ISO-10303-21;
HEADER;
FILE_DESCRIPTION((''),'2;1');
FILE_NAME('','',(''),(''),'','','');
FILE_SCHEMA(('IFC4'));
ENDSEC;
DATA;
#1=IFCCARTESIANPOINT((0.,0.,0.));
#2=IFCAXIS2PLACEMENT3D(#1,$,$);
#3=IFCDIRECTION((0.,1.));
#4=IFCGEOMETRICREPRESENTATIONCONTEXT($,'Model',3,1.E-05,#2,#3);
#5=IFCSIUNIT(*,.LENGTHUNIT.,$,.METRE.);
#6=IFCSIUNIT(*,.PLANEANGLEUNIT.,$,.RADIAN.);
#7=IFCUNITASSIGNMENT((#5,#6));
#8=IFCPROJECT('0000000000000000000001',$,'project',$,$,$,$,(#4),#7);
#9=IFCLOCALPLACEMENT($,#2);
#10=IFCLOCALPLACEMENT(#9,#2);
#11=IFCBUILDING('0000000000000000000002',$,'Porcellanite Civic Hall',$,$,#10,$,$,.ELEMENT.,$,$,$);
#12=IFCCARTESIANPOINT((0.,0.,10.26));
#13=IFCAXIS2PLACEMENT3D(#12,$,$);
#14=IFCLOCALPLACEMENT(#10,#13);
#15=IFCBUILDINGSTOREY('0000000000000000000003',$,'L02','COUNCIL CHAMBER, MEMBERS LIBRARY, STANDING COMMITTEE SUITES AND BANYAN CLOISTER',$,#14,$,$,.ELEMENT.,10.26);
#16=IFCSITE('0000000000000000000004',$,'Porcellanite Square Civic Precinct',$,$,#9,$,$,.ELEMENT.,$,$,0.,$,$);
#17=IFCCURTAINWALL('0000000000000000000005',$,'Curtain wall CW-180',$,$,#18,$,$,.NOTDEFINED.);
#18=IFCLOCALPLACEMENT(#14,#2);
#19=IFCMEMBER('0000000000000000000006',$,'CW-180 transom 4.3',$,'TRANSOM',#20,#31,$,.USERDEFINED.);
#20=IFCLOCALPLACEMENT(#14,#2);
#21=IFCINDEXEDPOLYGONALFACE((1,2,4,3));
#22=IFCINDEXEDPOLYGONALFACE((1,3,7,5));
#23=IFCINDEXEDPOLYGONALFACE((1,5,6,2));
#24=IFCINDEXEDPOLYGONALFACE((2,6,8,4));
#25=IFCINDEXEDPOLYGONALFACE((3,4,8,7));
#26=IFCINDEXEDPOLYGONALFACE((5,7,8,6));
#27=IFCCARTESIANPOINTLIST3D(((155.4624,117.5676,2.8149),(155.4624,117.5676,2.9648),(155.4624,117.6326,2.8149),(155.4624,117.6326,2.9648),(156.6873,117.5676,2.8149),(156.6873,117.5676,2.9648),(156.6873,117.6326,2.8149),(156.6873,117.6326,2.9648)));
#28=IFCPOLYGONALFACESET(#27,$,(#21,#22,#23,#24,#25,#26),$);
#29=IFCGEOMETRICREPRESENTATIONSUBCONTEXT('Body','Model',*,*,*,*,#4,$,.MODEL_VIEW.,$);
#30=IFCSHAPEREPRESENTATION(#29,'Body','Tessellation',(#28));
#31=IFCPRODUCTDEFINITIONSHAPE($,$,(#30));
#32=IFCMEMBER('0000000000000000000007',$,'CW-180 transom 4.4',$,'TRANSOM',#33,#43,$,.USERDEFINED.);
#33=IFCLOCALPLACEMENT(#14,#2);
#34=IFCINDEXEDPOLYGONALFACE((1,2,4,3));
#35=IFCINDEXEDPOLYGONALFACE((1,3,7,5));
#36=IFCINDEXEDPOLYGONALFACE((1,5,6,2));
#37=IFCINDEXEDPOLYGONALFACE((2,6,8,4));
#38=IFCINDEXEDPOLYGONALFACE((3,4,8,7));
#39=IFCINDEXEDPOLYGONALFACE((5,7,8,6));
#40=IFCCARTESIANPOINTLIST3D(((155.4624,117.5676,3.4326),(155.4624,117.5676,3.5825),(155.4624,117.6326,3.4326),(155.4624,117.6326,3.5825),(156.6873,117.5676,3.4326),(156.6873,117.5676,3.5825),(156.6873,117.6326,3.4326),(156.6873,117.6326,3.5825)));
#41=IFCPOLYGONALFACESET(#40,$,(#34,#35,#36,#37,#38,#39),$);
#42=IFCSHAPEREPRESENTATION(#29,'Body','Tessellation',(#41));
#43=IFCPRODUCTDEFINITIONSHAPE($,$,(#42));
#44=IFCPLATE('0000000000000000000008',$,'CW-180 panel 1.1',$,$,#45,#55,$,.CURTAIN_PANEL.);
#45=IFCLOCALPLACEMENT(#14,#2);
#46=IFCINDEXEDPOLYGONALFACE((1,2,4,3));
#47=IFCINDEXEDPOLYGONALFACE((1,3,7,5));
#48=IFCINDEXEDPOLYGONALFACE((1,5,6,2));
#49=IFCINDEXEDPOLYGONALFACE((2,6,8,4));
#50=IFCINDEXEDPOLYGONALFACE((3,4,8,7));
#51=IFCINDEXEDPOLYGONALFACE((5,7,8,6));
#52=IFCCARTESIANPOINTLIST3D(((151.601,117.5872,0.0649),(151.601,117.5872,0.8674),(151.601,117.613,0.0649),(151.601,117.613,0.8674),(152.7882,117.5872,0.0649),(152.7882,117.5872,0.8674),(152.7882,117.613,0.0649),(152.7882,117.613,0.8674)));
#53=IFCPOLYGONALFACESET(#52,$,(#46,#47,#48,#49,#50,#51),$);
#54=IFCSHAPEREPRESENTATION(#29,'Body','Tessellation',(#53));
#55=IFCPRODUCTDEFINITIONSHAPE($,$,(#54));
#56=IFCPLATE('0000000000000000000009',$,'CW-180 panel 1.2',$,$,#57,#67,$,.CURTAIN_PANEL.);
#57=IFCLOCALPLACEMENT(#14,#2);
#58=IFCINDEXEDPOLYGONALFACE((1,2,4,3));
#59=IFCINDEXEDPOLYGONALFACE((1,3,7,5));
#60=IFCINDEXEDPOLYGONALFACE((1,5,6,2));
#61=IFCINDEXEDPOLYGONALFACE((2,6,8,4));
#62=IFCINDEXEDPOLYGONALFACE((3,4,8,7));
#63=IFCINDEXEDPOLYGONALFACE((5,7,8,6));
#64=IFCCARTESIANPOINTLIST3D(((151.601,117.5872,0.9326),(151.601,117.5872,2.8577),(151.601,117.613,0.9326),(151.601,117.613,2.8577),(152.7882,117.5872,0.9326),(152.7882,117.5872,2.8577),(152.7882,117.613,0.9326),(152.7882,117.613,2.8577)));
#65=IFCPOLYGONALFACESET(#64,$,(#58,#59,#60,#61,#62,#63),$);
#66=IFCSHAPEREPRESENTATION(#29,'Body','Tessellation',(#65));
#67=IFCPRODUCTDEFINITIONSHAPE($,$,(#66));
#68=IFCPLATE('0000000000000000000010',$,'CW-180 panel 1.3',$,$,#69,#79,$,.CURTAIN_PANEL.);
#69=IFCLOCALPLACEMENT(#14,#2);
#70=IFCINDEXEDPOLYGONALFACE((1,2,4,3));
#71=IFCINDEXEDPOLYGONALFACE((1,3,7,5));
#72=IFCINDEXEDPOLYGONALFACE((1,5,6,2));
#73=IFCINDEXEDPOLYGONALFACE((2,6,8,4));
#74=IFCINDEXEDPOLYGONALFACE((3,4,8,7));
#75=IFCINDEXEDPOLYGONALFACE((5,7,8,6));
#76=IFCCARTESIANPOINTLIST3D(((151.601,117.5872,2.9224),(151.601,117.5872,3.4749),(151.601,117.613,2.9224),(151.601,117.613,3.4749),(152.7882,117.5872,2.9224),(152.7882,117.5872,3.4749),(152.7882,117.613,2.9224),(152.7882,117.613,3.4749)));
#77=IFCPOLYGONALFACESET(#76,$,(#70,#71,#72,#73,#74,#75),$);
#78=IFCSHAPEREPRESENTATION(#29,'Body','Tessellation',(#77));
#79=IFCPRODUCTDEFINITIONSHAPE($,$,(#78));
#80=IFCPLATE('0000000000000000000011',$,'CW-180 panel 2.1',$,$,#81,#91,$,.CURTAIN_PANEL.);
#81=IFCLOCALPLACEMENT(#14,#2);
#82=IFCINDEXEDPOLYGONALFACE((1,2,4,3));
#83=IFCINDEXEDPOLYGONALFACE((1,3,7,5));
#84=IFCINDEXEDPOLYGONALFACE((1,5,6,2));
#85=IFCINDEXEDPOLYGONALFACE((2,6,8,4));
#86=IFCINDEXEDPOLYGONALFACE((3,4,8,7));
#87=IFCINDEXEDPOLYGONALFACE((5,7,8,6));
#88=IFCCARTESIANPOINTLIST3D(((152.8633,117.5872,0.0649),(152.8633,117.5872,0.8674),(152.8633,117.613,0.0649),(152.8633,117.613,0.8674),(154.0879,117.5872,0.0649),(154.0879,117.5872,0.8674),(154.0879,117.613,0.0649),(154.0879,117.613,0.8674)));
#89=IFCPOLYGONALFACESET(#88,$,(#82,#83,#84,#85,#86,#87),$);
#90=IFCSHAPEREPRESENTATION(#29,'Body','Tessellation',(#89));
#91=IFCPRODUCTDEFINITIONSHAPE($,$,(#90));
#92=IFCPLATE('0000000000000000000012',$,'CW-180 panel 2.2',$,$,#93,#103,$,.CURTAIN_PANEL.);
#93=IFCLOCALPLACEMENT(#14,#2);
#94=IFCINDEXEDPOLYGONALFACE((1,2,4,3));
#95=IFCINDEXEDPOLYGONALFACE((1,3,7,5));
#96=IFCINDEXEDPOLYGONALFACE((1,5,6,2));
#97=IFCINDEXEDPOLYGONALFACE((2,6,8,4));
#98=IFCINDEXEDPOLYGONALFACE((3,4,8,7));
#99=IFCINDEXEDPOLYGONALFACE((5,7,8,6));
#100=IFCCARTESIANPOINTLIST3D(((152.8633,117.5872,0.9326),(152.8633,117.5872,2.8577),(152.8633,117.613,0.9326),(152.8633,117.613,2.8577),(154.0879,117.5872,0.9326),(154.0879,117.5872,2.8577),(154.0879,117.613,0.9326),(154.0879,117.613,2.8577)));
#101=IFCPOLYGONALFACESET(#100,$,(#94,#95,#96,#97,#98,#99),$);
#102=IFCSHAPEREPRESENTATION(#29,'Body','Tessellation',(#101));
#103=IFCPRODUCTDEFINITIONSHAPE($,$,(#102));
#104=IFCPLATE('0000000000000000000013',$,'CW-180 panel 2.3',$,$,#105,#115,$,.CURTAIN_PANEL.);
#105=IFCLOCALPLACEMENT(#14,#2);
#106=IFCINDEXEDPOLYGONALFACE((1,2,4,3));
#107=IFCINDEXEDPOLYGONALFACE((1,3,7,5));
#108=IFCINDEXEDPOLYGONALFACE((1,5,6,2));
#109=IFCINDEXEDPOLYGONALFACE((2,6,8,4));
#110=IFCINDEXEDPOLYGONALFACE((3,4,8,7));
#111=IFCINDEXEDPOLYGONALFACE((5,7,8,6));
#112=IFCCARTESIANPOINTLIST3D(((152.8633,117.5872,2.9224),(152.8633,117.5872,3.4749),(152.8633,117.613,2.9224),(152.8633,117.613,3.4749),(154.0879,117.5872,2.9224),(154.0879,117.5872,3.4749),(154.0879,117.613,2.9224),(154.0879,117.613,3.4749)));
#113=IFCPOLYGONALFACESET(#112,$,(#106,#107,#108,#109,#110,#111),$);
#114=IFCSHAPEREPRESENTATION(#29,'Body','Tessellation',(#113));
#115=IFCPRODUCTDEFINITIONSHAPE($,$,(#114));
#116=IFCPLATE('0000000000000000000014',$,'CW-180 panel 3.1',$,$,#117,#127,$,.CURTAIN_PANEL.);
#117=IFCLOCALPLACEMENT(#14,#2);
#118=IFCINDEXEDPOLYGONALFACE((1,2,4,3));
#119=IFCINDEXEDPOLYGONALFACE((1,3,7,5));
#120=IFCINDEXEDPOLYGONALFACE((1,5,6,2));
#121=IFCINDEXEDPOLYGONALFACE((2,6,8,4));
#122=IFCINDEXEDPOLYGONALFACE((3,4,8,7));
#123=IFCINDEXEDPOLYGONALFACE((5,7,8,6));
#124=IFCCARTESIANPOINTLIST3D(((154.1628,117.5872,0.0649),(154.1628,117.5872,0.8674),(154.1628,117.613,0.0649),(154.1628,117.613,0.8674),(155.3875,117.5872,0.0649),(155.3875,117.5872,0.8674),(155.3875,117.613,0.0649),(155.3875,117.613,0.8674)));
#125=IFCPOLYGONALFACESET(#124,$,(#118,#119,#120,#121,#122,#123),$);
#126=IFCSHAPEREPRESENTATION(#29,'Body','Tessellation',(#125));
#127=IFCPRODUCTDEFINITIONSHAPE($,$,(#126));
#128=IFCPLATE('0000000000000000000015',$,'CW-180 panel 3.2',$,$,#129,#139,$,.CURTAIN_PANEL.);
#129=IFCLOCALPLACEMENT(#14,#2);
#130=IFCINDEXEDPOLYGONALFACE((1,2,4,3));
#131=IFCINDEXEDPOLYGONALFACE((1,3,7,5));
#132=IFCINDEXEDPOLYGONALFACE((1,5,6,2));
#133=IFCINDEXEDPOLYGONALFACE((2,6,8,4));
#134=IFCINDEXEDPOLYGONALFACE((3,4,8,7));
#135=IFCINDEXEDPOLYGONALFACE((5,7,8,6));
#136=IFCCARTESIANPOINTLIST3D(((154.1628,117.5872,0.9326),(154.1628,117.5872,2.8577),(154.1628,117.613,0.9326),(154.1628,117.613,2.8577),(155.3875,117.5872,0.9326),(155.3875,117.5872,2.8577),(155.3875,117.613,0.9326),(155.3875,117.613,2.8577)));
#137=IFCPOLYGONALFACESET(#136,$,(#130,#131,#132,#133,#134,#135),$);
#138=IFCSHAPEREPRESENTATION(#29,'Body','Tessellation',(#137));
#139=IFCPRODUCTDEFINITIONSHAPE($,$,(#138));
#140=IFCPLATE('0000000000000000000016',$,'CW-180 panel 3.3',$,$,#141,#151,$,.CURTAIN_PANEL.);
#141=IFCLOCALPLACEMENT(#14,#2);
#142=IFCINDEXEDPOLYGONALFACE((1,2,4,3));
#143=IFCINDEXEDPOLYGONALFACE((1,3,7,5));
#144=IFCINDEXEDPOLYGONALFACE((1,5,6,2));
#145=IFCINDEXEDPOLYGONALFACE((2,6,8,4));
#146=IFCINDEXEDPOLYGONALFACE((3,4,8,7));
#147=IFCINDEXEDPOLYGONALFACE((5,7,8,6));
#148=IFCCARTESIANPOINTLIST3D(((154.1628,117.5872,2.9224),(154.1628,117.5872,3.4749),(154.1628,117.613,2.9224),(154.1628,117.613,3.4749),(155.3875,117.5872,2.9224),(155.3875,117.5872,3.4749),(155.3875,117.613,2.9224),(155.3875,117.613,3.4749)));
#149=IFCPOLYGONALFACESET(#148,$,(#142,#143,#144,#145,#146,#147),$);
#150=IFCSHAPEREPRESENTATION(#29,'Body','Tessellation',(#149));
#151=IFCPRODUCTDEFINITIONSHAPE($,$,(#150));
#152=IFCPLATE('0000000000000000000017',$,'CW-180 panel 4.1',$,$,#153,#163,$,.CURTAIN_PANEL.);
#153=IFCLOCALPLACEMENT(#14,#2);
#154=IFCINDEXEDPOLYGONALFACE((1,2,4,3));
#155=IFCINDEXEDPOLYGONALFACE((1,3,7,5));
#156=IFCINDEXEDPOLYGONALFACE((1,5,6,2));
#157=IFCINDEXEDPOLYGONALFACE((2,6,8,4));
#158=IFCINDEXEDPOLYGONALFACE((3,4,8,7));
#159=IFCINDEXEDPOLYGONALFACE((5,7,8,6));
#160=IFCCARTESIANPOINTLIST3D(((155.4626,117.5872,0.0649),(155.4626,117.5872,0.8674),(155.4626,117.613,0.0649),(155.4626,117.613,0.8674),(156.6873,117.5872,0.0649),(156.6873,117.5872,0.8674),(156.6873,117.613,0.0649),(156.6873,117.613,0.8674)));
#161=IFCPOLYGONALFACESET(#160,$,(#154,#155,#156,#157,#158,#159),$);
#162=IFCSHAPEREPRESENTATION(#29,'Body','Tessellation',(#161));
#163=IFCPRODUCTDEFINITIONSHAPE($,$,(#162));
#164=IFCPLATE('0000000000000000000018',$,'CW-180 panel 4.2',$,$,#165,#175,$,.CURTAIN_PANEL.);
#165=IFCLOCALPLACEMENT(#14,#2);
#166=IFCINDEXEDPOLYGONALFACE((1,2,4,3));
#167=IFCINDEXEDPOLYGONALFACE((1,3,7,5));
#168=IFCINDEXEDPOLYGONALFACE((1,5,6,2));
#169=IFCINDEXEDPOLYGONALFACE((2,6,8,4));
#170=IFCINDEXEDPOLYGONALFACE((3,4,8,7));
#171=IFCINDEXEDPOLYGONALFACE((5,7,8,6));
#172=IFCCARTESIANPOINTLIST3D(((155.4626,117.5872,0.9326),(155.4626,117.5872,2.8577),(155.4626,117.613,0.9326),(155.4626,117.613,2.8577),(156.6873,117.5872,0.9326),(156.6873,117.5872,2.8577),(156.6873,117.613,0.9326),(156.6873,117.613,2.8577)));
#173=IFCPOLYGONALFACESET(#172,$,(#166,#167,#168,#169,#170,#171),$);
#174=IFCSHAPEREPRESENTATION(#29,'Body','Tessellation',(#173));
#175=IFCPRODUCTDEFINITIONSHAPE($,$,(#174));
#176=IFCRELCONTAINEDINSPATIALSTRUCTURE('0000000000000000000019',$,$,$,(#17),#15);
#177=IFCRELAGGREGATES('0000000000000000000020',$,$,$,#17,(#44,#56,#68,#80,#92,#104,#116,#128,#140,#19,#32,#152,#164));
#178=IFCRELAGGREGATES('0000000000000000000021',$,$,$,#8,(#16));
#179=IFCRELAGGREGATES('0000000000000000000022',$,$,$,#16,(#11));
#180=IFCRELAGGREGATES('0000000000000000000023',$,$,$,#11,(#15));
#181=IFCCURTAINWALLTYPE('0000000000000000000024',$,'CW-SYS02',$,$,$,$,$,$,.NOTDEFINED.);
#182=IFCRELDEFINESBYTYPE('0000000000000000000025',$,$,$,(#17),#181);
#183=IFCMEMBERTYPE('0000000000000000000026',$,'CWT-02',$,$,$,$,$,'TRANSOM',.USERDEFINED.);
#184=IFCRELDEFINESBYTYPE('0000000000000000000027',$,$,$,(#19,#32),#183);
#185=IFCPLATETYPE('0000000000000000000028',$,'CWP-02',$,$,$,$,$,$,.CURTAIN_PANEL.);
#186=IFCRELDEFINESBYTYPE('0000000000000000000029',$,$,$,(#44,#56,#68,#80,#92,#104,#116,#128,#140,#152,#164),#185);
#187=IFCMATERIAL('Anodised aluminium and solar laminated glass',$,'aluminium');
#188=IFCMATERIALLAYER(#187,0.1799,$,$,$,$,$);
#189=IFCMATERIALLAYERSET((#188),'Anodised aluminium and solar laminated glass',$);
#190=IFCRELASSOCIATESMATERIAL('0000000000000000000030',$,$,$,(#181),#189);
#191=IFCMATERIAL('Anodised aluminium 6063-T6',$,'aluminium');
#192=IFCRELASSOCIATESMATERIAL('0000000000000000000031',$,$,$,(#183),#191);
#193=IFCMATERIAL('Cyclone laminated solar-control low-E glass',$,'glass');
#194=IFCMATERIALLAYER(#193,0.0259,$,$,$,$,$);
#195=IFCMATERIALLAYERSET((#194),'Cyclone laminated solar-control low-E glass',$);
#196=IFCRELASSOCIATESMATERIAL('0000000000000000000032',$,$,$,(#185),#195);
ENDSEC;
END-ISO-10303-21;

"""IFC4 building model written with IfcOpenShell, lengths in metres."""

from ifc_helpers import new_model, si_unit, direction, frame, origin, origin_2d, place, context, subcontext, project, spatial, rectangle, extrude, material, layer, layer_set, material_profile, profile_set, type_object, element, aggregate, save


model = new_model("IFC4")

# Units and contexts
model_context = context("Model", 3, precision=1e-05, world=origin(), true_north=direction((0.0, 1.0)))
body_context = subcontext(model_context, "Body", "Model", "MODEL_VIEW")
ifc_project = project(units=[si_unit("LENGTHUNIT", "METRE"), si_unit("PLANEANGLEUNIT", "RADIAN")], contexts=[model_context])

# Site, building, storey
site_placement = place(None, origin())
site = spatial("IfcSite", under=ifc_project, at=site_placement, Name="Porcellanite Square Civic Precinct", CompositionType="ELEMENT", RefElevation=0.0)
building_placement = place(site_placement, origin())
building = spatial("IfcBuilding", under=site, at=building_placement, Name="Porcellanite Civic Hall", CompositionType="ELEMENT")
storey_placement = place(building_placement, frame((0.0, 0.0, 10.26)))
storey = spatial("IfcBuildingStorey", under=building, at=storey_placement, Name="L02", Description="COUNCIL CHAMBER, MEMBERS LIBRARY, STANDING COMMITTEE SUITES AND BANYAN CLOISTER", CompositionType="ELEMENT", Elevation=10.26)

# Curtain wall, members, plates
ifc_material_1 = material(Name="Anodised aluminium and solar laminated glass", Category="aluminium")
ifc_layer_1 = layer(ifc_material_1, 0.1799)
ifc_layer_set_1 = layer_set([ifc_layer_1], Name="Anodised aluminium and solar laminated glass")
curtain_wall_type = type_object("IfcCurtainWallType", Name="CW-SYS02", PredefinedType="NOTDEFINED", material=ifc_layer_set_1)
curtain_wall_placement = place(storey_placement, origin())
curtain_wall = element("IfcCurtainWall", 1, at=curtain_wall_placement, inside=storey, type_object=curtain_wall_type, Name="Curtain wall CW-180", PredefinedType="NOTDEFINED")
ifc_material_2 = material(Name="Anodised aluminium 6063-T6", Category="aluminium")
ifc_material_profile_1 = material_profile(ifc_material_2, rectangle(XDim=0.0649, YDim=0.1499, at=origin_2d()), Name="AL-65x150")
ifc_profile_set_1 = profile_set([ifc_material_profile_1], Name="Anodised aluminium 6063-T6")
member_type_1 = type_object("IfcMemberType", Name="CWT-02", ElementType="TRANSOM", PredefinedType="USERDEFINED", material=ifc_profile_set_1)
member_1_placement = place(storey_placement, frame((155.4624, 117.6001, 2.8899), z_axis=(1.0, 0.0, 0.0), x_axis=(0.0, 1.0, 0.0)))
member_1 = element("IfcMember", 2, at=member_1_placement, type_object=member_type_1, Name="CW-180 transom 4.3", ObjectType="TRANSOM", PredefinedType="USERDEFINED", context=body_context, shape_type="SweptSolid", body=[
    extrude(rectangle(XDim=0.0649, YDim=0.1499, at=origin_2d()), origin(), (0.0, 0.0, 1.0), 1.2249),
])
member_2_placement = place(storey_placement, frame((155.4624, 117.6001, 3.5076), z_axis=(1.0, 0.0, 0.0), x_axis=(0.0, 1.0, 0.0)))
member_2 = element("IfcMember", 3, at=member_2_placement, type_object=member_type_1, Name="CW-180 transom 4.4", ObjectType="TRANSOM", PredefinedType="USERDEFINED", context=body_context, shape_type="SweptSolid", body=[
    extrude(rectangle(XDim=0.0649, YDim=0.1499, at=origin_2d()), origin(), (0.0, 0.0, 1.0), 1.2249),
])
ifc_material_3 = material(Name="Cyclone laminated solar-control low-E glass", Category="glass")
ifc_layer_2 = layer(ifc_material_3, 0.0259)
ifc_layer_set_2 = layer_set([ifc_layer_2], Name="Cyclone laminated solar-control low-E glass")
plate_type = type_object("IfcPlateType", Name="CWP-02", PredefinedType="CURTAIN_PANEL", material=ifc_layer_set_2)
plate_1_placement = place(storey_placement, frame((152.1946, 117.6001, 0.0649), z_axis=(0.0, 0.0, 1.0), x_axis=(1.0, 0.0, 0.0)))
plate_1 = element("IfcPlate", 4, at=plate_1_placement, type_object=plate_type, Name="CW-180 panel 1.1", PredefinedType="CURTAIN_PANEL", context=body_context, shape_type="SweptSolid", body=[
    extrude(rectangle(XDim=1.1873, YDim=0.0259, at=origin_2d()), origin(), (0.0, 0.0, 1.0), 0.8025),
])
plate_2_placement = place(storey_placement, frame((152.1946, 117.6001, 0.9326), z_axis=(0.0, 0.0, 1.0), x_axis=(1.0, 0.0, 0.0)))
plate_2 = element("IfcPlate", 5, at=plate_2_placement, type_object=plate_type, Name="CW-180 panel 1.2", PredefinedType="CURTAIN_PANEL", context=body_context, shape_type="SweptSolid", body=[
    extrude(rectangle(XDim=1.1873, YDim=0.0259, at=origin_2d()), origin(), (0.0, 0.0, 1.0), 1.925),
])
plate_3_placement = place(storey_placement, frame((152.1946, 117.6001, 2.9224), z_axis=(0.0, 0.0, 1.0), x_axis=(1.0, 0.0, 0.0)))
plate_3 = element("IfcPlate", 6, at=plate_3_placement, type_object=plate_type, Name="CW-180 panel 1.3", PredefinedType="CURTAIN_PANEL", context=body_context, shape_type="SweptSolid", body=[
    extrude(rectangle(XDim=1.1873, YDim=0.0259, at=origin_2d()), origin(), (0.0, 0.0, 1.0), 0.5525),
])
plate_4_placement = place(storey_placement, frame((153.4756, 117.6001, 0.0649), z_axis=(0.0, 0.0, 1.0), x_axis=(1.0, 0.0, 0.0)))
plate_4 = element("IfcPlate", 7, at=plate_4_placement, type_object=plate_type, Name="CW-180 panel 2.1", PredefinedType="CURTAIN_PANEL", context=body_context, shape_type="SweptSolid", body=[
    extrude(rectangle(XDim=1.2246, YDim=0.0259, at=origin_2d()), origin(), (0.0, 0.0, 1.0), 0.8025),
])
plate_5_placement = place(storey_placement, frame((153.4756, 117.6001, 0.9326), z_axis=(0.0, 0.0, 1.0), x_axis=(1.0, 0.0, 0.0)))
plate_5 = element("IfcPlate", 8, at=plate_5_placement, type_object=plate_type, Name="CW-180 panel 2.2", PredefinedType="CURTAIN_PANEL", context=body_context, shape_type="SweptSolid", body=[
    extrude(rectangle(XDim=1.2246, YDim=0.0259, at=origin_2d()), origin(), (0.0, 0.0, 1.0), 1.925),
])
plate_6_placement = place(storey_placement, frame((153.4756, 117.6001, 2.9224), z_axis=(0.0, 0.0, 1.0), x_axis=(1.0, 0.0, 0.0)))
plate_6 = element("IfcPlate", 9, at=plate_6_placement, type_object=plate_type, Name="CW-180 panel 2.3", PredefinedType="CURTAIN_PANEL", context=body_context, shape_type="SweptSolid", body=[
    extrude(rectangle(XDim=1.2246, YDim=0.0259, at=origin_2d()), origin(), (0.0, 0.0, 1.0), 0.5525),
])
plate_7_placement = place(storey_placement, frame((154.7751, 117.6001, 0.0649), z_axis=(0.0, 0.0, 1.0), x_axis=(1.0, 0.0, 0.0)))
plate_7 = element("IfcPlate", 10, at=plate_7_placement, type_object=plate_type, Name="CW-180 panel 3.1", PredefinedType="CURTAIN_PANEL", context=body_context, shape_type="SweptSolid", body=[
    extrude(rectangle(XDim=1.2246, YDim=0.0259, at=origin_2d()), origin(), (0.0, 0.0, 1.0), 0.8025),
])
plate_8_placement = place(storey_placement, frame((154.7751, 117.6001, 0.9326), z_axis=(0.0, 0.0, 1.0), x_axis=(1.0, 0.0, 0.0)))
plate_8 = element("IfcPlate", 11, at=plate_8_placement, type_object=plate_type, Name="CW-180 panel 3.2", PredefinedType="CURTAIN_PANEL", context=body_context, shape_type="SweptSolid", body=[
    extrude(rectangle(XDim=1.2246, YDim=0.0259, at=origin_2d()), origin(), (0.0, 0.0, 1.0), 1.925),
])
plate_9_placement = place(storey_placement, frame((154.7751, 117.6001, 2.9224), z_axis=(0.0, 0.0, 1.0), x_axis=(1.0, 0.0, 0.0)))
plate_9 = element("IfcPlate", 12, at=plate_9_placement, type_object=plate_type, Name="CW-180 panel 3.3", PredefinedType="CURTAIN_PANEL", context=body_context, shape_type="SweptSolid", body=[
    extrude(rectangle(XDim=1.2246, YDim=0.0259, at=origin_2d()), origin(), (0.0, 0.0, 1.0), 0.5525),
])
plate_10_placement = place(storey_placement, frame((156.075, 117.6001, 0.0649), z_axis=(0.0, 0.0, 1.0), x_axis=(1.0, 0.0, 0.0)))
plate_10 = element("IfcPlate", 13, at=plate_10_placement, type_object=plate_type, Name="CW-180 panel 4.1", PredefinedType="CURTAIN_PANEL", context=body_context, shape_type="SweptSolid", body=[
    extrude(rectangle(XDim=1.2246, YDim=0.0259, at=origin_2d()), origin(), (0.0, 0.0, 1.0), 0.8025),
])
plate_11_placement = place(storey_placement, frame((156.075, 117.6001, 0.9326), z_axis=(0.0, 0.0, 1.0), x_axis=(1.0, 0.0, 0.0)))
plate_11 = element("IfcPlate", 14, at=plate_11_placement, type_object=plate_type, Name="CW-180 panel 4.2", PredefinedType="CURTAIN_PANEL", context=body_context, shape_type="SweptSolid", body=[
    extrude(rectangle(XDim=1.2246, YDim=0.0259, at=origin_2d()), origin(), (0.0, 0.0, 1.0), 1.925),
])
aggregate(curtain_wall, [plate_1, plate_2, plate_3, plate_4, plate_5, plate_6, plate_7, plate_8, plate_9, member_1, member_2, plate_10, plate_11])

save(model, "model.ifc")
